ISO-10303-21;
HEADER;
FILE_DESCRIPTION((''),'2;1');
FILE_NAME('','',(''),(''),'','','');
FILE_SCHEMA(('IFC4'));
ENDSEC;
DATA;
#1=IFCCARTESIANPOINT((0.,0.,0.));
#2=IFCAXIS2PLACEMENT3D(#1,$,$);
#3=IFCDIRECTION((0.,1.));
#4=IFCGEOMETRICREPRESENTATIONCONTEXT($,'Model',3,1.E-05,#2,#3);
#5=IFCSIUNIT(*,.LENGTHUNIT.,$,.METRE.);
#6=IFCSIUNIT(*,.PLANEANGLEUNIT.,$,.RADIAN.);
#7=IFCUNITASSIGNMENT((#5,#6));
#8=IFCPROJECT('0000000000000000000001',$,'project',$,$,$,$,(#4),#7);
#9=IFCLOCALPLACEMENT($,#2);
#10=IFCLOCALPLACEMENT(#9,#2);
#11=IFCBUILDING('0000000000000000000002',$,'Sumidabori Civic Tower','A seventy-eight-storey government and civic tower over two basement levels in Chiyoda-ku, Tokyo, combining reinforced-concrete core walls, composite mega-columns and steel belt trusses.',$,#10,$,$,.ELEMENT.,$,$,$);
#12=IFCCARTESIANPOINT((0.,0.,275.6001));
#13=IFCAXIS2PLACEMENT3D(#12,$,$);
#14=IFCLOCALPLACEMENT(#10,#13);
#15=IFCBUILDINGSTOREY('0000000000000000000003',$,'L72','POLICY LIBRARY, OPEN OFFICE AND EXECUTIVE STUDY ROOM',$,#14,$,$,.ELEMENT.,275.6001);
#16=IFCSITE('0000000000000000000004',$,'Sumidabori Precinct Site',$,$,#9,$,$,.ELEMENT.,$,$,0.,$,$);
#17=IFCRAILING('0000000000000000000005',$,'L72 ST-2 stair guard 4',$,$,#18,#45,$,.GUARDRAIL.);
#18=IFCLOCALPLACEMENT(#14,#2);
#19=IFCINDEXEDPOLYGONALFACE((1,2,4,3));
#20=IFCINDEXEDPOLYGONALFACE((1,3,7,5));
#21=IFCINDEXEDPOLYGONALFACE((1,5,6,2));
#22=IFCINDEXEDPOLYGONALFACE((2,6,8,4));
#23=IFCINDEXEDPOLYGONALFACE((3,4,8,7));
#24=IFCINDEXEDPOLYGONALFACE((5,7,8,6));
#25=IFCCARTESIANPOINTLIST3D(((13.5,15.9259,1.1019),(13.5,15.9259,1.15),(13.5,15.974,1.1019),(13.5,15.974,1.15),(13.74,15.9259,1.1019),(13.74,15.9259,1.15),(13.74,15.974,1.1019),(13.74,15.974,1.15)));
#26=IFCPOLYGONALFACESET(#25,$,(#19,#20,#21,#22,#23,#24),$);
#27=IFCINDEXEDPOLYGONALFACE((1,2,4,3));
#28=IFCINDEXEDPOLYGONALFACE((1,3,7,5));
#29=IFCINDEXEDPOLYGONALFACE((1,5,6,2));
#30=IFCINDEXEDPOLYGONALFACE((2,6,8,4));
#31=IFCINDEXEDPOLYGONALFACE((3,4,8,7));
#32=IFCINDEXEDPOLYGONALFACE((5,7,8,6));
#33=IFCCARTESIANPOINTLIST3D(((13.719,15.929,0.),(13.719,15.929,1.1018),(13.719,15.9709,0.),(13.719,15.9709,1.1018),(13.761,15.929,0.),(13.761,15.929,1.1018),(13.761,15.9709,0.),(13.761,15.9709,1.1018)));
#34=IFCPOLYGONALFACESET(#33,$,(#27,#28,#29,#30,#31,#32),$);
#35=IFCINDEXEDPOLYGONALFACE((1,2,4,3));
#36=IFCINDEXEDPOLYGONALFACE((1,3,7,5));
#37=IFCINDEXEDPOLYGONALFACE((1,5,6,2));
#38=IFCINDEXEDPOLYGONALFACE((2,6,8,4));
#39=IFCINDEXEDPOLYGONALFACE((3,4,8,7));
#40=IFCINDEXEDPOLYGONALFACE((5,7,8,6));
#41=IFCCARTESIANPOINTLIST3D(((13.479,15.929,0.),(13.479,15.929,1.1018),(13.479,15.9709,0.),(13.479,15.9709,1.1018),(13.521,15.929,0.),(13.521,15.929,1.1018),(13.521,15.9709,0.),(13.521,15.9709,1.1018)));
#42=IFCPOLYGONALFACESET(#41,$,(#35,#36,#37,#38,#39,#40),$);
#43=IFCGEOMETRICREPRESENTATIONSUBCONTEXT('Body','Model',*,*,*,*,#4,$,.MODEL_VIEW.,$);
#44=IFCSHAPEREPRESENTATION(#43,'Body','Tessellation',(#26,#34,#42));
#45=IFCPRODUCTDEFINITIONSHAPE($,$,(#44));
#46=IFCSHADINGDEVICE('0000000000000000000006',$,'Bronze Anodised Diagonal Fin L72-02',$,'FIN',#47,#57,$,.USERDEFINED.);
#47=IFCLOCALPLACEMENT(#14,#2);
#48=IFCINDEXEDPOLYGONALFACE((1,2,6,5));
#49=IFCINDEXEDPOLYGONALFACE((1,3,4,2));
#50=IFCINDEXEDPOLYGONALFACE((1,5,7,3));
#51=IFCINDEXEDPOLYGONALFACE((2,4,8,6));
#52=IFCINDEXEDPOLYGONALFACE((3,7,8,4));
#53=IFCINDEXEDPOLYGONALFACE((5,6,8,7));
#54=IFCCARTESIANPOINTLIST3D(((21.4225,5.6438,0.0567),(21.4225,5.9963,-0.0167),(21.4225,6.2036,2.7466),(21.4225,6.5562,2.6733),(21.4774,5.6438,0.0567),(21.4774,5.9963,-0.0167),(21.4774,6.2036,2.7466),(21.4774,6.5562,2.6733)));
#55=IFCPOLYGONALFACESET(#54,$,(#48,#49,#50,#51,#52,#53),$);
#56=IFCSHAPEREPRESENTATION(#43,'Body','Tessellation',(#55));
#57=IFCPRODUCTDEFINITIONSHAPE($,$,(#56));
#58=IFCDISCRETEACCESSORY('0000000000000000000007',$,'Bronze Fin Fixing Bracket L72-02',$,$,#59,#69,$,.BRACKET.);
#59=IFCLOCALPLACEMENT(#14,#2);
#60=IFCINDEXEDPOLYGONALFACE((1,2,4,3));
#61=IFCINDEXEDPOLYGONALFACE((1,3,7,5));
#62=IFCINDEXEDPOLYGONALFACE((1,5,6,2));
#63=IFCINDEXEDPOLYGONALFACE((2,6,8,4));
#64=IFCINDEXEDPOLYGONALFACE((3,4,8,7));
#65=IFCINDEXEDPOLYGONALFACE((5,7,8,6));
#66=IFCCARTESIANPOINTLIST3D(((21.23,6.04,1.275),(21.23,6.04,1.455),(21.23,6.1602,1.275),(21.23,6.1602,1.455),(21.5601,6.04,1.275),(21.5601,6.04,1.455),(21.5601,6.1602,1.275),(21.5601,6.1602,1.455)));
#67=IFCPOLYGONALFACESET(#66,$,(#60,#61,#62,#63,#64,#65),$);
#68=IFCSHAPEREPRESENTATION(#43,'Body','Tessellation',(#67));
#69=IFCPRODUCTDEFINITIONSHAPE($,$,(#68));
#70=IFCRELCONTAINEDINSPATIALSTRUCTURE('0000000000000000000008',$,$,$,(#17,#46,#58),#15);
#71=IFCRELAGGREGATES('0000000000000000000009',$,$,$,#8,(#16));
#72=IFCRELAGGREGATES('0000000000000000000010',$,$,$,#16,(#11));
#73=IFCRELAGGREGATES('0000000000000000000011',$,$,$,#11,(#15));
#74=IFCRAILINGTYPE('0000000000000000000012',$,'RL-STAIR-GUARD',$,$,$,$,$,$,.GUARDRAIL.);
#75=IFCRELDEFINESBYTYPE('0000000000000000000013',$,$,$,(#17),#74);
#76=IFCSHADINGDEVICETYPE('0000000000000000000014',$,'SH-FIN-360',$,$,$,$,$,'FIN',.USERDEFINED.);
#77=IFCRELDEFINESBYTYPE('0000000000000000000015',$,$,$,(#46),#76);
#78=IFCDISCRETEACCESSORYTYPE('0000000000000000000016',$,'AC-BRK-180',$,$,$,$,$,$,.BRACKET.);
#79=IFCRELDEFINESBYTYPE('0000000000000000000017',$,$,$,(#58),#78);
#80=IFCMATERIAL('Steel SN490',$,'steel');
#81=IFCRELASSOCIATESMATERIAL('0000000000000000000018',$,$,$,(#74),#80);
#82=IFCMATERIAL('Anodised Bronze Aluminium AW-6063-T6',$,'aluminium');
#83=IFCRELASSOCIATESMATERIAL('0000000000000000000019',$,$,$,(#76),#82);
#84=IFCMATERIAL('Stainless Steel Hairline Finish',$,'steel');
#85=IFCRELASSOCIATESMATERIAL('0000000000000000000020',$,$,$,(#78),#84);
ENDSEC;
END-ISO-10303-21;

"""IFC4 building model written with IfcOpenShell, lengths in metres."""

from ifc_helpers import new_model, si_unit, direction, frame, origin, origin_2d, place, context, subcontext, project, spatial, rectangle, extrude, source, transform, mapped, material, material_profile, profile_set, type_object, element, save


model = new_model("IFC4")

# Units and contexts
model_context = context("Model", 3, precision=1e-05, world=origin(), true_north=direction((0.0, 1.0)))
body_context = subcontext(model_context, "Body", "Model", "MODEL_VIEW")
ifc_project = project(units=[si_unit("LENGTHUNIT", "METRE"), si_unit("PLANEANGLEUNIT", "RADIAN")], contexts=[model_context])

# Site, building, storey
site_placement = place(None, origin())
site = spatial("IfcSite", under=ifc_project, at=site_placement, Name="Sumidabori Precinct Site", CompositionType="ELEMENT", RefElevation=0.0)
building_placement = place(site_placement, origin())
building = spatial("IfcBuilding", under=site, at=building_placement, Name="Sumidabori Civic Tower", Description="A seventy-eight-storey government and civic tower over two basement levels in Chiyoda-ku, Tokyo, combining reinforced-concrete core walls, composite mega-columns and steel belt trusses.", CompositionType="ELEMENT")
storey_placement = place(building_placement, frame((0.0, 0.0, 275.6001)))
storey = spatial("IfcBuildingStorey", under=building, at=storey_placement, Name="L72", Description="POLICY LIBRARY, OPEN OFFICE AND EXECUTIVE STUDY ROOM", CompositionType="ELEMENT", Elevation=275.6001)

# Shared definitions
ifc_material_1 = material(Name="Steel SN490", Category="steel")

# Shared definitions
ifc_material_2 = material(Name="Anodised Bronze Aluminium AW-6063-T6", Category="aluminium")

# Shared definitions
ifc_material_3 = material(Name="Stainless Steel Hairline Finish", Category="steel")

# Railing
railing_type_1 = type_object("IfcRailingType", Name="RL-STAIR-GUARD", PredefinedType="GUARDRAIL", material=ifc_material_1)
railing_1_placement = place(storey_placement, frame((13.74, 15.95, 0.0)))
element("IfcRailing", 1, at=railing_1_placement, inside=storey, type_object=railing_type_1, Name="L72 ST-2 stair guard 4", PredefinedType="GUARDRAIL", context=body_context, shape_type="SweptSolid", body=[
    extrude(rectangle(XDim=0.0481, YDim=0.0481, at=origin_2d()), frame((0.0, 0.0, 1.126), z_axis=(-1.0, 0.0, 0.0), x_axis=(0.0, -1.0, 0.0)), (0.0, 0.0, 1.0), 0.24),
    extrude(rectangle(XDim=0.042, YDim=0.042, at=origin_2d()), origin(), (0.0, 0.0, 1.0), 1.1018),
    extrude(rectangle(XDim=0.042, YDim=0.042, at=origin_2d()), frame((-0.24, 0.0, 0.0)), (0.0, 0.0, 1.0), 1.1018),
])

# Shading device
ifc_material_profile_1 = material_profile(ifc_material_2, rectangle(XDim=0.0549, YDim=0.3601, at=origin_2d()), Name="BRONZE FIN 360x55")
ifc_profile_set_1 = profile_set([ifc_material_profile_1], Name="Anodised Bronze Aluminium AW-6063-T6")
shading_device_type = type_object("IfcShadingDeviceType", Name="SH-FIN-360", ElementType="FIN", PredefinedType="USERDEFINED", material=ifc_profile_set_1)
shared_shape_1 = source(origin(), body_context, "Body", "SweptSolid", [
    extrude(rectangle(XDim=0.0549, YDim=0.3601, at=origin_2d()), origin(), (0.0, 0.0, 1.0), 2.7476),
])
shading_device_placement = place(storey_placement, frame((21.45, 5.8201, 0.02), z_axis=(0.0, 0.203748, 0.979023), x_axis=(-1.0, 0.0, 0.0)))
element("IfcShadingDevice", 2, at=shading_device_placement, inside=storey, type_object=shading_device_type, Name="Bronze Anodised Diagonal Fin L72-02", ObjectType="FIN", PredefinedType="USERDEFINED", context=body_context, shape_type="MappedRepresentation", body=[
    mapped(shared_shape_1, transform((0.0, 0.0, 0.0), x_axis=(1.0, 0.0, 0.0), y_axis=(0.0, 1.0, 0.0), z_axis=(0.0, 0.0, 1.0), scale=1.0)),
])

# Discrete accessory
ifc_material_profile_2 = material_profile(ifc_material_3, rectangle(XDim=0.1201, YDim=0.1799, at=origin_2d()), Name="STEEL BRACKET 180x120")
ifc_profile_set_2 = profile_set([ifc_material_profile_2], Name="Stainless Steel Hairline Finish")
discrete_accessory_type = type_object("IfcDiscreteAccessoryType", Name="AC-BRK-180", PredefinedType="BRACKET", material=ifc_profile_set_2)
shared_shape_2 = source(origin(), body_context, "Body", "SweptSolid", [
    extrude(rectangle(XDim=0.1201, YDim=0.1799, at=origin_2d()), origin(), (0.0, 0.0, 1.0), 0.3301),
])
discrete_accessory_placement = place(storey_placement, frame((21.23, 6.1001, 1.365), z_axis=(1.0, 0.0, 0.0), x_axis=(0.0, 1.0, 0.0)))
element("IfcDiscreteAccessory", 3, at=discrete_accessory_placement, inside=storey, type_object=discrete_accessory_type, Name="Bronze Fin Fixing Bracket L72-02", PredefinedType="BRACKET", context=body_context, shape_type="MappedRepresentation", body=[
    mapped(shared_shape_2, transform((0.0, 0.0, 0.0), x_axis=(1.0, 0.0, 0.0), y_axis=(0.0, 1.0, 0.0), z_axis=(0.0, 0.0, 1.0), scale=1.0)),
])

save(model, "model.ifc")
